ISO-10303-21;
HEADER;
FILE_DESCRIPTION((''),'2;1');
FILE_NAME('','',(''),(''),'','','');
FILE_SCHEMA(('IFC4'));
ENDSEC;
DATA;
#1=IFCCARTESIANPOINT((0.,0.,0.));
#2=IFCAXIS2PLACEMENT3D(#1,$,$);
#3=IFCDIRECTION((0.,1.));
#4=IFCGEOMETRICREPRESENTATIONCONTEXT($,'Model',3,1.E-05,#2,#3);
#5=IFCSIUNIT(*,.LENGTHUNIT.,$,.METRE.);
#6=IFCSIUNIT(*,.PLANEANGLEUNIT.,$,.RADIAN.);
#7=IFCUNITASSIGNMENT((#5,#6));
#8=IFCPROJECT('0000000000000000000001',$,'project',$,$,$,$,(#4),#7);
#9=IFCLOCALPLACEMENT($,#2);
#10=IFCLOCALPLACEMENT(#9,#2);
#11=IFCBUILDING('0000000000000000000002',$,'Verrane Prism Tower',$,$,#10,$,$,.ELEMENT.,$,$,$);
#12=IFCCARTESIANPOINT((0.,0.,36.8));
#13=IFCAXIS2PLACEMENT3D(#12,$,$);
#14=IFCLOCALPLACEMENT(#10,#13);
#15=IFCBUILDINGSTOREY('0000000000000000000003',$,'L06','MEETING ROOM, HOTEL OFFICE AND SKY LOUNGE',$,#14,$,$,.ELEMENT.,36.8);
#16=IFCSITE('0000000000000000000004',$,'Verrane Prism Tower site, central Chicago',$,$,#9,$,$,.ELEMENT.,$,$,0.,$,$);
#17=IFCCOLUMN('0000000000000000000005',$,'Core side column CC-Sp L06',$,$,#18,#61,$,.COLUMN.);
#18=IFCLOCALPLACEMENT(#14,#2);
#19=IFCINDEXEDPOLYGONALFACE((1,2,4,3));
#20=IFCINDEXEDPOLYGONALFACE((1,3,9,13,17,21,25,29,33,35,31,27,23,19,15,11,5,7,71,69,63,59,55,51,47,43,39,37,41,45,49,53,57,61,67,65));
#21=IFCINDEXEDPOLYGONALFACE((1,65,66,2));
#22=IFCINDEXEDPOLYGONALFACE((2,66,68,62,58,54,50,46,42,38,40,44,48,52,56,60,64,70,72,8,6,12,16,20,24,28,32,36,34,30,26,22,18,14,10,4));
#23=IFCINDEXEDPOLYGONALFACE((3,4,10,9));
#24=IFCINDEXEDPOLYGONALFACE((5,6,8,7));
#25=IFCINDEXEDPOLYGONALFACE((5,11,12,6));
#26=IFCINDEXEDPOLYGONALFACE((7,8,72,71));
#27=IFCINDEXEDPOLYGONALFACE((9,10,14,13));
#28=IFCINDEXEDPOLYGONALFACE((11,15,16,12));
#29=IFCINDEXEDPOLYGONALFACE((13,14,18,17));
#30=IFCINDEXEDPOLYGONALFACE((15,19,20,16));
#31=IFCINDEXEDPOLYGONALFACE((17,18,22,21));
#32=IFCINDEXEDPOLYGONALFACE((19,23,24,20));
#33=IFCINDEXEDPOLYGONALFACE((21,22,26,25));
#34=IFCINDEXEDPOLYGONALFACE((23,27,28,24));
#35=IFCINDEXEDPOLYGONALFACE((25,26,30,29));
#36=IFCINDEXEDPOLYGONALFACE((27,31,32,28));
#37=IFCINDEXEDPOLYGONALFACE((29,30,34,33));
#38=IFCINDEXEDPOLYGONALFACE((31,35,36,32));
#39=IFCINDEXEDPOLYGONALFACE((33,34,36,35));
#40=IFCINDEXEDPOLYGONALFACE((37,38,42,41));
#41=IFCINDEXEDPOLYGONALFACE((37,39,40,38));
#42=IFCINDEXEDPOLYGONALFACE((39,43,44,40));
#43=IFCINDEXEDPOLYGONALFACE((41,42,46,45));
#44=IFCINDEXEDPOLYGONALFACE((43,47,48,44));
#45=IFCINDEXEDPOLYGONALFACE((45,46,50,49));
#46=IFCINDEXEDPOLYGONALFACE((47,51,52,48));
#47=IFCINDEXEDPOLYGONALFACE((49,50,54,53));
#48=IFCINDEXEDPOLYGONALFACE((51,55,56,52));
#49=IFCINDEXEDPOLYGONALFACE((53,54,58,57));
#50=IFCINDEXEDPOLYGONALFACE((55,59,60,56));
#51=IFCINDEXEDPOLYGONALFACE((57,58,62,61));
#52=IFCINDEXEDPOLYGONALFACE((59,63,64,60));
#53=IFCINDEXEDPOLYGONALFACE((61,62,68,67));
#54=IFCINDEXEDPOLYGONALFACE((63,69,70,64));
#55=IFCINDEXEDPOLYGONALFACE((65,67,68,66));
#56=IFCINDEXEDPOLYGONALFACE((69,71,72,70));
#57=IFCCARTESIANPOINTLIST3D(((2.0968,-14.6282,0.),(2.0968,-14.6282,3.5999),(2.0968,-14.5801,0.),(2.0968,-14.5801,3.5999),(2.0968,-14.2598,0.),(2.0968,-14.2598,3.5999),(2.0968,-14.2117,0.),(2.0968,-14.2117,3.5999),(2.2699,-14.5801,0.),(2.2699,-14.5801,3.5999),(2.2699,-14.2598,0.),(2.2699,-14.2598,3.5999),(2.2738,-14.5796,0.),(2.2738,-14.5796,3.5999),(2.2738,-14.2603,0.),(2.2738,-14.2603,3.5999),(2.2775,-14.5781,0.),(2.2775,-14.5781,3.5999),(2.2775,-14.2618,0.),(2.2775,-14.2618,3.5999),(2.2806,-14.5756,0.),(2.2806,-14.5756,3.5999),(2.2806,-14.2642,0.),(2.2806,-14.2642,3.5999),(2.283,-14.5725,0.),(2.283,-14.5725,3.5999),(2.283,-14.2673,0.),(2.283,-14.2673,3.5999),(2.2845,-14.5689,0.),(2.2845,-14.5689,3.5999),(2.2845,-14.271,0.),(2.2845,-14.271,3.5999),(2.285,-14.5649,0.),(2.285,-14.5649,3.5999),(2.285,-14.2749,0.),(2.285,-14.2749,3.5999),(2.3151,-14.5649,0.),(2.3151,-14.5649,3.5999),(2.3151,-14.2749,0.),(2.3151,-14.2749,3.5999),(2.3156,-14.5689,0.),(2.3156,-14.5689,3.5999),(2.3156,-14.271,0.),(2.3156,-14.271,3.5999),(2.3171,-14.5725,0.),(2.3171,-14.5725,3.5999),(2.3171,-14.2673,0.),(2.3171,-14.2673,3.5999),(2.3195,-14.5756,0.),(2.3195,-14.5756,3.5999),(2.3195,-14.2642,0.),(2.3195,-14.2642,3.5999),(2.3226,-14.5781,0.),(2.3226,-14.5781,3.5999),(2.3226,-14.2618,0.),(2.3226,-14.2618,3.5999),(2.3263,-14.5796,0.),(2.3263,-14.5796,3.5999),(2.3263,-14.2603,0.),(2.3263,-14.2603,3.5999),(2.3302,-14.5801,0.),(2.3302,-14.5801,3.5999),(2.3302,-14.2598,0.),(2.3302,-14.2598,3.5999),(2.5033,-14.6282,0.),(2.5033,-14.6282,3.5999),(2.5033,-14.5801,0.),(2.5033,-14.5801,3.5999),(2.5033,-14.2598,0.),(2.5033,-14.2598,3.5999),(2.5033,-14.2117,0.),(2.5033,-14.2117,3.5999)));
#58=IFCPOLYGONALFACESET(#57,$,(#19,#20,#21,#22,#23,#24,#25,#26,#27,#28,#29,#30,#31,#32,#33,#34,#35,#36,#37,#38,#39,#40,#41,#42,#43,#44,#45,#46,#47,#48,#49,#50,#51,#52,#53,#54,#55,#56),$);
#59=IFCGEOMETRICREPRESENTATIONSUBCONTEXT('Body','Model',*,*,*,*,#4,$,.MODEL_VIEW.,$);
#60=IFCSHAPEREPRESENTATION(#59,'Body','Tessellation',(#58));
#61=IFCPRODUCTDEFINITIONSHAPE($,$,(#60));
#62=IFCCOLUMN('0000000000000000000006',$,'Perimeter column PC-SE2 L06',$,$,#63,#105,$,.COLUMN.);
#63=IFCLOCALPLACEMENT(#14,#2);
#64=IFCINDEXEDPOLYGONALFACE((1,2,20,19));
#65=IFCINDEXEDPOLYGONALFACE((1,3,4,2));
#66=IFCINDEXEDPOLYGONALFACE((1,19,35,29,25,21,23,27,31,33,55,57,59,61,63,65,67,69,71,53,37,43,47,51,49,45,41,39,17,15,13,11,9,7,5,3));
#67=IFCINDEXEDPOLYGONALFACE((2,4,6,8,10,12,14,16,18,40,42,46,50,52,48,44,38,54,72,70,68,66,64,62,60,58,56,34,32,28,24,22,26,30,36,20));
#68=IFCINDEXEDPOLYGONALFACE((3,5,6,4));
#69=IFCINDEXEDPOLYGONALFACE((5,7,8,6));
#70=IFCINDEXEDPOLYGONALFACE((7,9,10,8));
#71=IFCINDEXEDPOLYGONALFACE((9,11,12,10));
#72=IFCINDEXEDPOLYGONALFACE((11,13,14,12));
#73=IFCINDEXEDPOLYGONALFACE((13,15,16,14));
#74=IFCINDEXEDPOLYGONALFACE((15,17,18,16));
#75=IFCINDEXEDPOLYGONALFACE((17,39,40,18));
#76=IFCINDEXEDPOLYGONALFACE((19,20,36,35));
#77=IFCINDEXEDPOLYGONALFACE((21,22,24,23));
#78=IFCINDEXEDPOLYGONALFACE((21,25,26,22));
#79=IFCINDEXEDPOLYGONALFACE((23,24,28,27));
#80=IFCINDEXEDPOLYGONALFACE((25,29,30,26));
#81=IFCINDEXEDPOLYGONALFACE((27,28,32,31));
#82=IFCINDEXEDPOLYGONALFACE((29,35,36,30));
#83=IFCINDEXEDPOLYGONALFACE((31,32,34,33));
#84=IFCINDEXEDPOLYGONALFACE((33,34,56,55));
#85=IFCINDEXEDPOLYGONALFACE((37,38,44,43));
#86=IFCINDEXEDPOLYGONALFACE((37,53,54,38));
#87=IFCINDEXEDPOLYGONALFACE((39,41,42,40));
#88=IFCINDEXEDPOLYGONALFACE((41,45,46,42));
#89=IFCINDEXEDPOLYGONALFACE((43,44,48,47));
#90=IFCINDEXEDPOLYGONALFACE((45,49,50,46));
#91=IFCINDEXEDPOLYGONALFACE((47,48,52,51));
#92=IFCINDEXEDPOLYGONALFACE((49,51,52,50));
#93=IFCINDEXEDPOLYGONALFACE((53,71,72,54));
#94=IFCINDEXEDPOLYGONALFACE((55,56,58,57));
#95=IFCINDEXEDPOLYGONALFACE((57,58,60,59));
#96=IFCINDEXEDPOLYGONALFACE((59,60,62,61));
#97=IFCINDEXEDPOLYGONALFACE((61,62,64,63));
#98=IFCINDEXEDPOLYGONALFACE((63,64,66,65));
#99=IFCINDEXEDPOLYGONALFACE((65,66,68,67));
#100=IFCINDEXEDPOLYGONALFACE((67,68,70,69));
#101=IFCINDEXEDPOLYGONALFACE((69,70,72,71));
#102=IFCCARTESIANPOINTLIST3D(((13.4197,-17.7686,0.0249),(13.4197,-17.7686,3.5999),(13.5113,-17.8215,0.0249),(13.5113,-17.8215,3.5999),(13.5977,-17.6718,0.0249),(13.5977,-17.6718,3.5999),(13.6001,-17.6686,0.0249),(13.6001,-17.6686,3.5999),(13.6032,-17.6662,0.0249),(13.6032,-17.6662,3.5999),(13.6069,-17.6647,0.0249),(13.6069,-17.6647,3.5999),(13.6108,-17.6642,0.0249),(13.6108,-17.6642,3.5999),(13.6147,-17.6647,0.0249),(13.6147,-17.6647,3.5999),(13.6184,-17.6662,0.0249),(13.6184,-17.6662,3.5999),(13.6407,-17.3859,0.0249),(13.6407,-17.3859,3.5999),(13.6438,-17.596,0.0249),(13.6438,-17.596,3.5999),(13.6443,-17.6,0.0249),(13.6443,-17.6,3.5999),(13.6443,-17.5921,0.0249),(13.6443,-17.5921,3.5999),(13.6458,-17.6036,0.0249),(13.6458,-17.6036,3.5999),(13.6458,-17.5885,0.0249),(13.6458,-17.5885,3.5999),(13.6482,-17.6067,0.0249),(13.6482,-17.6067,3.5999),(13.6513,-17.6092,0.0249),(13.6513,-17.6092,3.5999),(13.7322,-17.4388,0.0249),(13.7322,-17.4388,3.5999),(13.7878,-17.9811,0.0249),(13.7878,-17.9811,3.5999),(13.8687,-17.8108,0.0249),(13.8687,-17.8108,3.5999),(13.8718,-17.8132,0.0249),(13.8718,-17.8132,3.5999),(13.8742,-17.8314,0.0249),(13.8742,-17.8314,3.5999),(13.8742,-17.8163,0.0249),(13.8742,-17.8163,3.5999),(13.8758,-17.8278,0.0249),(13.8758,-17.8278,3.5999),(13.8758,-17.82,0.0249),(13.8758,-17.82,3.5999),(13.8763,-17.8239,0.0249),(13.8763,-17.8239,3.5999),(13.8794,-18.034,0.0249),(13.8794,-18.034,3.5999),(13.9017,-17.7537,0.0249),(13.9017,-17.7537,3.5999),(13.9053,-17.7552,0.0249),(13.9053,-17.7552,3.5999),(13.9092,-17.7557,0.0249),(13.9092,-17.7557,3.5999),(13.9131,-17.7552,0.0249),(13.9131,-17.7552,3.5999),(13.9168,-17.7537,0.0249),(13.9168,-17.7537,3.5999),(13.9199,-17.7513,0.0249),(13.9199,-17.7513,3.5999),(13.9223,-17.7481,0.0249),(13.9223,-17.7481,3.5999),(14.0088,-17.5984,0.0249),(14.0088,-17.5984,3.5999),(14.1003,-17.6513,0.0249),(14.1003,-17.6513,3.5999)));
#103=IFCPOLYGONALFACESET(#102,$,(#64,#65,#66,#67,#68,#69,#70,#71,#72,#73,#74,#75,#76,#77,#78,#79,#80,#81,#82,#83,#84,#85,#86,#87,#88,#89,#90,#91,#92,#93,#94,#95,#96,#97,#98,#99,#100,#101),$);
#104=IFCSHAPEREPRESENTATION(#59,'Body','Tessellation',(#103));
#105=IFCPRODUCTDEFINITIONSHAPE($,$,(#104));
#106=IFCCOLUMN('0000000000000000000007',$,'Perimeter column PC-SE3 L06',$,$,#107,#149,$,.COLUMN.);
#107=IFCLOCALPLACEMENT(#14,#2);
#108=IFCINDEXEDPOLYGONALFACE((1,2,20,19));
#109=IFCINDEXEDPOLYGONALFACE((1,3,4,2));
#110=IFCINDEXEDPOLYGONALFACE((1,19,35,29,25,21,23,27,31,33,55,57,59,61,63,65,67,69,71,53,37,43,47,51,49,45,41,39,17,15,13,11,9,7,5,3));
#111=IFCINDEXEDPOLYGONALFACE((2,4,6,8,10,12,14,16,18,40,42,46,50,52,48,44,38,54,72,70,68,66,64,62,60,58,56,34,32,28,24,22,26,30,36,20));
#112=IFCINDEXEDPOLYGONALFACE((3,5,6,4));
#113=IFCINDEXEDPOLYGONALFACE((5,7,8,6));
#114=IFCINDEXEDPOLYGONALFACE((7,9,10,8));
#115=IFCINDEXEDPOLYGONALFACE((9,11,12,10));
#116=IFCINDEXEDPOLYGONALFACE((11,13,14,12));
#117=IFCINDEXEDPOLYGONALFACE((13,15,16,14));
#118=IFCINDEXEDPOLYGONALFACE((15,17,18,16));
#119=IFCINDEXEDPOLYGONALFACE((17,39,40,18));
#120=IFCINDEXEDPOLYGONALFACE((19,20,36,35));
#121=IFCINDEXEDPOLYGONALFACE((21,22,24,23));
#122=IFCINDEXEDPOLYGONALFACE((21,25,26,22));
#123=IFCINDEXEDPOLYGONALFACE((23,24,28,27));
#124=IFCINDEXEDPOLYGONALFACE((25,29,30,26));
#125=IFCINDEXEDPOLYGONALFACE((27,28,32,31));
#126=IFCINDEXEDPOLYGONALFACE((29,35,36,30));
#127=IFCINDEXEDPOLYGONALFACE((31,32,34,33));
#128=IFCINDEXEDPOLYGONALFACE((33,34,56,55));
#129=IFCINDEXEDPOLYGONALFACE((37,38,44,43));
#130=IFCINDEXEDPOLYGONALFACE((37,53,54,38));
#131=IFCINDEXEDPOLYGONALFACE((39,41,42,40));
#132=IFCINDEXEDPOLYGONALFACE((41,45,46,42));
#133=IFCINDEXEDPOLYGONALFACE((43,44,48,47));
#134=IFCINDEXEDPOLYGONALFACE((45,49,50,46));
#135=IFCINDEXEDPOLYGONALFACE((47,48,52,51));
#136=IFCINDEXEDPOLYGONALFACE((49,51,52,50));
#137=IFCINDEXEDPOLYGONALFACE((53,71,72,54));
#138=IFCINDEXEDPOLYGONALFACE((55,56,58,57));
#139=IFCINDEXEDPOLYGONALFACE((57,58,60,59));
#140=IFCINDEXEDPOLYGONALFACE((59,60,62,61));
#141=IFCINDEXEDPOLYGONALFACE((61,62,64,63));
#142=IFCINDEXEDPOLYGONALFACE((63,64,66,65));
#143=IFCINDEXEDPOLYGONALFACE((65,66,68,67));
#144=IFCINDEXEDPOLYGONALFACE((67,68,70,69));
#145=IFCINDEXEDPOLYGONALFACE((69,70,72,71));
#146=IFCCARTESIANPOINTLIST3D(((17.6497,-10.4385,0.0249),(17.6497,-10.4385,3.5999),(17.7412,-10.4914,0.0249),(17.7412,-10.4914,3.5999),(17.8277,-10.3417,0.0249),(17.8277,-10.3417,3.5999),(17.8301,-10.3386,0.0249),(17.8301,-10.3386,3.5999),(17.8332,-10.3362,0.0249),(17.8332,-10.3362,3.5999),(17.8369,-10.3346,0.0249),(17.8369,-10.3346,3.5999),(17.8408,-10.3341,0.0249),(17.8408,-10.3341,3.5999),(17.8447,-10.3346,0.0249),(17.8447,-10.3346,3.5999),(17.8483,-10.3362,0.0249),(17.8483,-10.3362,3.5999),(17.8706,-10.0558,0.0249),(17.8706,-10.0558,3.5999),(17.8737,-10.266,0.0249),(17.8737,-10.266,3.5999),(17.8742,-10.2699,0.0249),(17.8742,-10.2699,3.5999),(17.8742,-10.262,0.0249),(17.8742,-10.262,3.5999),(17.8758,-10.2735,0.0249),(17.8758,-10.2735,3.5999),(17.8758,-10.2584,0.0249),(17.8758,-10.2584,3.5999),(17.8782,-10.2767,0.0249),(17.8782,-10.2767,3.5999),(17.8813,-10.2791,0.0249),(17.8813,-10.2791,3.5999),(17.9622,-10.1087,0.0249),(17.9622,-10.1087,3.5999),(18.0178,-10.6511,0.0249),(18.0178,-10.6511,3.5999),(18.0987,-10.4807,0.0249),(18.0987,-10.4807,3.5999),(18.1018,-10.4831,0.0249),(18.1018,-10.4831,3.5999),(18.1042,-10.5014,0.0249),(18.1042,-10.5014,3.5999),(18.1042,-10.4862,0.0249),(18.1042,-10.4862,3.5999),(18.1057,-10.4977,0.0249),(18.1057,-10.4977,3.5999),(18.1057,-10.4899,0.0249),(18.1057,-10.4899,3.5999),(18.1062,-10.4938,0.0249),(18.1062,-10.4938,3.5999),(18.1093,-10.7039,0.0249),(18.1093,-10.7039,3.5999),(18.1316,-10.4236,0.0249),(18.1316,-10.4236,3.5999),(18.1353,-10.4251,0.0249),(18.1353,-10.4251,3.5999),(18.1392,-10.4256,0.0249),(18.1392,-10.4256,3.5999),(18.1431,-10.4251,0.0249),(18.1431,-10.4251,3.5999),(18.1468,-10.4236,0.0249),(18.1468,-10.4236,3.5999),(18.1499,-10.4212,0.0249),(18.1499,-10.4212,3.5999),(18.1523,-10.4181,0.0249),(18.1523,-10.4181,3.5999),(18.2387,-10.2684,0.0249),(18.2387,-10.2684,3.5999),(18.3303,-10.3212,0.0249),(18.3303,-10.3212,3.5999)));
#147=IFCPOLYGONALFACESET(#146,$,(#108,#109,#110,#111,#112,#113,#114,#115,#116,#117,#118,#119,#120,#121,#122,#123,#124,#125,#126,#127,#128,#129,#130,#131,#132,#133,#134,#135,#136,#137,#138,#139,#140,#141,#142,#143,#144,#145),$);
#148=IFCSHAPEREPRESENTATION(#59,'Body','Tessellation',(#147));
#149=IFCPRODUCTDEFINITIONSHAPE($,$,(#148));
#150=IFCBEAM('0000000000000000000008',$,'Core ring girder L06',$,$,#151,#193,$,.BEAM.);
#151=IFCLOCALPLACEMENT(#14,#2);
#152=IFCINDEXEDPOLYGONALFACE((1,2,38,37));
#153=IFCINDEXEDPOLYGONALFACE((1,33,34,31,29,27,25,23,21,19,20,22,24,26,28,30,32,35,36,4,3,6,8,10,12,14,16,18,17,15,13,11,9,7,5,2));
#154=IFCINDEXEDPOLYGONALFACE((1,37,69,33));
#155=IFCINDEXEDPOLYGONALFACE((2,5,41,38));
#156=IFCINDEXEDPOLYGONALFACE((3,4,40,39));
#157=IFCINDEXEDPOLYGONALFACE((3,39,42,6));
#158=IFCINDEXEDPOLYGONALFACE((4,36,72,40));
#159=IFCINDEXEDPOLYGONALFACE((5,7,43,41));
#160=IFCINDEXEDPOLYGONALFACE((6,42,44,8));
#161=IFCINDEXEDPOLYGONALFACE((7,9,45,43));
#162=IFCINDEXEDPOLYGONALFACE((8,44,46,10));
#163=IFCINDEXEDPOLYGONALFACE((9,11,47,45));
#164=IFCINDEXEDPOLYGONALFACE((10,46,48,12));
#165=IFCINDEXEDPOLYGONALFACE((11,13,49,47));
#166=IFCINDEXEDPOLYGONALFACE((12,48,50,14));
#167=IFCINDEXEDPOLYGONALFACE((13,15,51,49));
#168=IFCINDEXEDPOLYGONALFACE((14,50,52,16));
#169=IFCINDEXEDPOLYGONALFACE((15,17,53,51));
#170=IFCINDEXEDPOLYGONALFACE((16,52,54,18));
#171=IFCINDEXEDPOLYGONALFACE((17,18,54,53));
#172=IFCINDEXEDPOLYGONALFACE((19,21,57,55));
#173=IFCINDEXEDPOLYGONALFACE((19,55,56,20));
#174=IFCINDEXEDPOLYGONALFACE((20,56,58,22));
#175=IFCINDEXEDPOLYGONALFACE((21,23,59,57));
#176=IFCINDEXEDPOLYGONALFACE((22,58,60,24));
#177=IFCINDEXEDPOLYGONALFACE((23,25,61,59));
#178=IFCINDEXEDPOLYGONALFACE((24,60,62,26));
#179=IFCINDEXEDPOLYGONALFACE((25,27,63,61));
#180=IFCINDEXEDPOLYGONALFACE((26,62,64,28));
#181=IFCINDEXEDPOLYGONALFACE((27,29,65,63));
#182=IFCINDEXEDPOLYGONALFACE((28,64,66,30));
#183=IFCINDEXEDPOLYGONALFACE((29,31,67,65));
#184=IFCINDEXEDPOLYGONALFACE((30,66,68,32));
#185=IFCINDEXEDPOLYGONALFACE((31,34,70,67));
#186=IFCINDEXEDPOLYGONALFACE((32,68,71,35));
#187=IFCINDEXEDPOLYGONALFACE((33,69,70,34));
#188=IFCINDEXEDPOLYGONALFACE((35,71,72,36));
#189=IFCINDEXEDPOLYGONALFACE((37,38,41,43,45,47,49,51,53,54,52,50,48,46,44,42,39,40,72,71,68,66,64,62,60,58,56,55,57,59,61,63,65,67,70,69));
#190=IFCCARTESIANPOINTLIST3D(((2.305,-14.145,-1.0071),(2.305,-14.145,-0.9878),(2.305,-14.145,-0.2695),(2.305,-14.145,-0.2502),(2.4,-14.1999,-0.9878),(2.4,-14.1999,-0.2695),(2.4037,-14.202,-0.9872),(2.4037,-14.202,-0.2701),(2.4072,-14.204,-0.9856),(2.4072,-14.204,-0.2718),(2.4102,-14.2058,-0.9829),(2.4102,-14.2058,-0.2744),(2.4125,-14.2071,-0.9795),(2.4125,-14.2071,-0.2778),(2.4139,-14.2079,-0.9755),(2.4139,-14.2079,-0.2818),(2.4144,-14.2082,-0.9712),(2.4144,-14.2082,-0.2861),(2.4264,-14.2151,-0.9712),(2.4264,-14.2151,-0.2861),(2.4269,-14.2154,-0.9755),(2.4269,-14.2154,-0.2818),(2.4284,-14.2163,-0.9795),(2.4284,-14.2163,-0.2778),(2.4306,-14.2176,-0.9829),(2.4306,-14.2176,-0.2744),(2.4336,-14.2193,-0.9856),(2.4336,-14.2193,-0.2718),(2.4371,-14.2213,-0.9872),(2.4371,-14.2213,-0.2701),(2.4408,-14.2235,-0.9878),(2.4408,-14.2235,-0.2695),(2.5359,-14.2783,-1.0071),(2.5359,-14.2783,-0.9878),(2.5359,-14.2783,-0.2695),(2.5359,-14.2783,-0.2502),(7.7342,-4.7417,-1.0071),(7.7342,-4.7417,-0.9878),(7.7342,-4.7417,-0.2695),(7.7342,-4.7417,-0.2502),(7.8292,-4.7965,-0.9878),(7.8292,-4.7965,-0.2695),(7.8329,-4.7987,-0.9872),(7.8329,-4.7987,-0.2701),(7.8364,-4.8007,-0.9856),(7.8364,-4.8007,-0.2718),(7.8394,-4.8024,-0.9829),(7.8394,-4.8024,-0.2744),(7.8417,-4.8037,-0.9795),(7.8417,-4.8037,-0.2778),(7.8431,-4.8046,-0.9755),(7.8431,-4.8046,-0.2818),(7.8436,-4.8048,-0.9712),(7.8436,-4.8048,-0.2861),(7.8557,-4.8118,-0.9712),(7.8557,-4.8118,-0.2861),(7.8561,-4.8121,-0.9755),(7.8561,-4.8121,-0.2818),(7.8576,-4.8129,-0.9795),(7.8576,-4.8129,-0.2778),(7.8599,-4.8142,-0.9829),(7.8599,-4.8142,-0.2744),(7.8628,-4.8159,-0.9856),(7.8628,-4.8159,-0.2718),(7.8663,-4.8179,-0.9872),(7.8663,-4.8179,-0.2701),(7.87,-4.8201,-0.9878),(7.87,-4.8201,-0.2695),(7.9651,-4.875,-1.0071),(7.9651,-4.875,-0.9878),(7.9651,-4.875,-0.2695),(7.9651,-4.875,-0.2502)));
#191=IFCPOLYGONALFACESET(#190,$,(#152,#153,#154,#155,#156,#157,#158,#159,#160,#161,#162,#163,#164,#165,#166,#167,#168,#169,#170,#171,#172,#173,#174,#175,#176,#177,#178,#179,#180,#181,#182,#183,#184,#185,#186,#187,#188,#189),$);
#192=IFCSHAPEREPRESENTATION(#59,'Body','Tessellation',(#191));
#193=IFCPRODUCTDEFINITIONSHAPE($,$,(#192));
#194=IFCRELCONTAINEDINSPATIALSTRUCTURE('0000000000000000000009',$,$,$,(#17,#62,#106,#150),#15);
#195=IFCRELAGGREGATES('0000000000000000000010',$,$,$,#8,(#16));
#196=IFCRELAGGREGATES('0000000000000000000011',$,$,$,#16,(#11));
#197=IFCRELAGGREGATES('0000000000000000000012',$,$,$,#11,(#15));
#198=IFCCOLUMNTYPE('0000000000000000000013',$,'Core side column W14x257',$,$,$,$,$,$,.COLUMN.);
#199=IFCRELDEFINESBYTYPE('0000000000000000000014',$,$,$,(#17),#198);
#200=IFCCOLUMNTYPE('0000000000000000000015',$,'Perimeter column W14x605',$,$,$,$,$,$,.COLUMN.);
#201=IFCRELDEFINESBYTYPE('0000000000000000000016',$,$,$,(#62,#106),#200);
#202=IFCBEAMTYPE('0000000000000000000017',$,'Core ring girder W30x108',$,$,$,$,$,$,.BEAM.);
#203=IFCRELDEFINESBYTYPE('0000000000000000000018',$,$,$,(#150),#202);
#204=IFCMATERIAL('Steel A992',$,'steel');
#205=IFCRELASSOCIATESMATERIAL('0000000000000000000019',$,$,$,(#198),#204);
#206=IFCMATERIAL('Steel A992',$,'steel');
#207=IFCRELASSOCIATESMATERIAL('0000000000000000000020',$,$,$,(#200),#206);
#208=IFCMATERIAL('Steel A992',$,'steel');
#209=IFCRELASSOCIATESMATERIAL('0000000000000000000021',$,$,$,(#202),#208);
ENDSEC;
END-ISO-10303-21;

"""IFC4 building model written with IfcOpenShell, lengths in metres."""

from ifc_helpers import new_model, si_unit, direction, frame, origin, origin_2d, place, context, subcontext, project, spatial, i_section, extrude, material, material_profile, profile_set, type_object, element, save


model = new_model("IFC4")

# Units and contexts
model_context = context("Model", 3, precision=1e-05, world=origin(), true_north=direction((0.0, 1.0)))
body_context = subcontext(model_context, "Body", "Model", "MODEL_VIEW")
ifc_project = project(units=[si_unit("LENGTHUNIT", "METRE"), si_unit("PLANEANGLEUNIT", "RADIAN")], contexts=[model_context])

# Site, building, storey
site_placement = place(None, origin())
site = spatial("IfcSite", under=ifc_project, at=site_placement, Name="Verrane Prism Tower site, central Chicago", CompositionType="ELEMENT", RefElevation=0.0)
building_placement = place(site_placement, origin())
building = spatial("IfcBuilding", under=site, at=building_placement, Name="Verrane Prism Tower", CompositionType="ELEMENT")
storey_placement = place(building_placement, frame((0.0, 0.0, 36.8)))
storey = spatial("IfcBuildingStorey", under=building, at=storey_placement, Name="L06", Description="MEETING ROOM, HOTEL OFFICE AND SKY LOUNGE", CompositionType="ELEMENT", Elevation=36.8)

# Columns
ifc_material_1 = material(Name="Steel A992", Category="steel")
ifc_material_profile_1 = material_profile(ifc_material_1, i_section(OverallWidth=0.4065, OverallDepth=0.4165, WebThickness=0.03, FlangeThickness=0.0481, FilletRadius=0.0151, at=origin_2d()), Name="W14x257")
ifc_profile_set_1 = profile_set([ifc_material_profile_1], Name="Steel A992")
column_type_1 = type_object("IfcColumnType", Name="Core side column W14x257", PredefinedType="COLUMN", material=ifc_profile_set_1)
column_placement = place(storey_placement, frame((2.3, -14.4199, 0.0), z_axis=(0.0, 0.0, 1.0), x_axis=(1.0, 0.0, 0.0)))
element("IfcColumn", 1, at=column_placement, inside=storey, type_object=column_type_1, Name="Core side column CC-Sp L06", PredefinedType="COLUMN", context=body_context, shape_type="SweptSolid", body=[
    extrude(i_section(OverallWidth=0.4065, OverallDepth=0.4165, WebThickness=0.03, FlangeThickness=0.0481, FilletRadius=0.0151, at=origin_2d()), origin(), (0.0, 0.0, 1.0), 3.5999),
])
ifc_material_2 = material(Name="Steel A992", Category="steel")
ifc_material_profile_2 = material_profile(ifc_material_2, i_section(OverallWidth=0.4419, OverallDepth=0.5308, WebThickness=0.0659, FlangeThickness=0.1057, FilletRadius=0.0151, at=origin_2d()), Name="W14x605")
ifc_profile_set_2 = profile_set([ifc_material_profile_2], Name="Steel A992")
column_type_2 = type_object("IfcColumnType", Name="Perimeter column W14x605", PredefinedType="COLUMN", material=ifc_profile_set_2)
for number, where, z_axis, x_axis, name in (
    (2, (13.76, -17.71, 0.0249), (0.0, 0.0, 1.0), (-0.5, -0.866025, 0.0), "Perimeter column PC-SE2 L06"),
    (3, (17.99, -10.3799, 0.0249), (0.0, 0.0, 1.0), (-0.5, -0.866025, 0.0), "Perimeter column PC-SE3 L06"),
):
    element("IfcColumn", number, at=place(storey_placement, frame(where, z_axis=z_axis, x_axis=x_axis)), inside=storey, type_object=column_type_2, Name=name, PredefinedType="COLUMN", context=body_context, shape_type="SweptSolid", body=[
        extrude(i_section(OverallWidth=0.4419, OverallDepth=0.5308, WebThickness=0.0659, FlangeThickness=0.1057, FilletRadius=0.0151, at=origin_2d()), origin(), (0.0, 0.0, 1.0), 3.575),
    ])

# Beam
ifc_material_3 = material(Name="Steel A992", Category="steel")
ifc_material_profile_3 = material_profile(ifc_material_3, i_section(OverallWidth=0.2666, OverallDepth=0.7568, WebThickness=0.0139, FlangeThickness=0.0193, FilletRadius=0.0166, at=origin_2d()), Name="W30x108")
ifc_profile_set_3 = profile_set([ifc_material_profile_3], Name="Steel A992")
beam_type_1 = type_object("IfcBeamType", Name="Core ring girder W30x108", PredefinedType="BEAM", material=ifc_profile_set_3)
beam_1_placement = place(storey_placement, frame((2.4204, -14.2117, -0.6287), z_axis=(0.500013, 0.866018, 0.0), x_axis=(-0.866018, 0.500013, 0.0)))
element("IfcBeam", 4, at=beam_1_placement, inside=storey, type_object=beam_type_1, Name="Core ring girder L06", PredefinedType="BEAM", context=body_context, shape_type="SweptSolid", body=[
    extrude(i_section(OverallWidth=0.2666, OverallDepth=0.7568, WebThickness=0.0139, FlangeThickness=0.0193, FilletRadius=0.0166, at=origin_2d()), origin(), (0.0, 0.0, 1.0), 10.8582),
])

save(model, "model.ifc")
